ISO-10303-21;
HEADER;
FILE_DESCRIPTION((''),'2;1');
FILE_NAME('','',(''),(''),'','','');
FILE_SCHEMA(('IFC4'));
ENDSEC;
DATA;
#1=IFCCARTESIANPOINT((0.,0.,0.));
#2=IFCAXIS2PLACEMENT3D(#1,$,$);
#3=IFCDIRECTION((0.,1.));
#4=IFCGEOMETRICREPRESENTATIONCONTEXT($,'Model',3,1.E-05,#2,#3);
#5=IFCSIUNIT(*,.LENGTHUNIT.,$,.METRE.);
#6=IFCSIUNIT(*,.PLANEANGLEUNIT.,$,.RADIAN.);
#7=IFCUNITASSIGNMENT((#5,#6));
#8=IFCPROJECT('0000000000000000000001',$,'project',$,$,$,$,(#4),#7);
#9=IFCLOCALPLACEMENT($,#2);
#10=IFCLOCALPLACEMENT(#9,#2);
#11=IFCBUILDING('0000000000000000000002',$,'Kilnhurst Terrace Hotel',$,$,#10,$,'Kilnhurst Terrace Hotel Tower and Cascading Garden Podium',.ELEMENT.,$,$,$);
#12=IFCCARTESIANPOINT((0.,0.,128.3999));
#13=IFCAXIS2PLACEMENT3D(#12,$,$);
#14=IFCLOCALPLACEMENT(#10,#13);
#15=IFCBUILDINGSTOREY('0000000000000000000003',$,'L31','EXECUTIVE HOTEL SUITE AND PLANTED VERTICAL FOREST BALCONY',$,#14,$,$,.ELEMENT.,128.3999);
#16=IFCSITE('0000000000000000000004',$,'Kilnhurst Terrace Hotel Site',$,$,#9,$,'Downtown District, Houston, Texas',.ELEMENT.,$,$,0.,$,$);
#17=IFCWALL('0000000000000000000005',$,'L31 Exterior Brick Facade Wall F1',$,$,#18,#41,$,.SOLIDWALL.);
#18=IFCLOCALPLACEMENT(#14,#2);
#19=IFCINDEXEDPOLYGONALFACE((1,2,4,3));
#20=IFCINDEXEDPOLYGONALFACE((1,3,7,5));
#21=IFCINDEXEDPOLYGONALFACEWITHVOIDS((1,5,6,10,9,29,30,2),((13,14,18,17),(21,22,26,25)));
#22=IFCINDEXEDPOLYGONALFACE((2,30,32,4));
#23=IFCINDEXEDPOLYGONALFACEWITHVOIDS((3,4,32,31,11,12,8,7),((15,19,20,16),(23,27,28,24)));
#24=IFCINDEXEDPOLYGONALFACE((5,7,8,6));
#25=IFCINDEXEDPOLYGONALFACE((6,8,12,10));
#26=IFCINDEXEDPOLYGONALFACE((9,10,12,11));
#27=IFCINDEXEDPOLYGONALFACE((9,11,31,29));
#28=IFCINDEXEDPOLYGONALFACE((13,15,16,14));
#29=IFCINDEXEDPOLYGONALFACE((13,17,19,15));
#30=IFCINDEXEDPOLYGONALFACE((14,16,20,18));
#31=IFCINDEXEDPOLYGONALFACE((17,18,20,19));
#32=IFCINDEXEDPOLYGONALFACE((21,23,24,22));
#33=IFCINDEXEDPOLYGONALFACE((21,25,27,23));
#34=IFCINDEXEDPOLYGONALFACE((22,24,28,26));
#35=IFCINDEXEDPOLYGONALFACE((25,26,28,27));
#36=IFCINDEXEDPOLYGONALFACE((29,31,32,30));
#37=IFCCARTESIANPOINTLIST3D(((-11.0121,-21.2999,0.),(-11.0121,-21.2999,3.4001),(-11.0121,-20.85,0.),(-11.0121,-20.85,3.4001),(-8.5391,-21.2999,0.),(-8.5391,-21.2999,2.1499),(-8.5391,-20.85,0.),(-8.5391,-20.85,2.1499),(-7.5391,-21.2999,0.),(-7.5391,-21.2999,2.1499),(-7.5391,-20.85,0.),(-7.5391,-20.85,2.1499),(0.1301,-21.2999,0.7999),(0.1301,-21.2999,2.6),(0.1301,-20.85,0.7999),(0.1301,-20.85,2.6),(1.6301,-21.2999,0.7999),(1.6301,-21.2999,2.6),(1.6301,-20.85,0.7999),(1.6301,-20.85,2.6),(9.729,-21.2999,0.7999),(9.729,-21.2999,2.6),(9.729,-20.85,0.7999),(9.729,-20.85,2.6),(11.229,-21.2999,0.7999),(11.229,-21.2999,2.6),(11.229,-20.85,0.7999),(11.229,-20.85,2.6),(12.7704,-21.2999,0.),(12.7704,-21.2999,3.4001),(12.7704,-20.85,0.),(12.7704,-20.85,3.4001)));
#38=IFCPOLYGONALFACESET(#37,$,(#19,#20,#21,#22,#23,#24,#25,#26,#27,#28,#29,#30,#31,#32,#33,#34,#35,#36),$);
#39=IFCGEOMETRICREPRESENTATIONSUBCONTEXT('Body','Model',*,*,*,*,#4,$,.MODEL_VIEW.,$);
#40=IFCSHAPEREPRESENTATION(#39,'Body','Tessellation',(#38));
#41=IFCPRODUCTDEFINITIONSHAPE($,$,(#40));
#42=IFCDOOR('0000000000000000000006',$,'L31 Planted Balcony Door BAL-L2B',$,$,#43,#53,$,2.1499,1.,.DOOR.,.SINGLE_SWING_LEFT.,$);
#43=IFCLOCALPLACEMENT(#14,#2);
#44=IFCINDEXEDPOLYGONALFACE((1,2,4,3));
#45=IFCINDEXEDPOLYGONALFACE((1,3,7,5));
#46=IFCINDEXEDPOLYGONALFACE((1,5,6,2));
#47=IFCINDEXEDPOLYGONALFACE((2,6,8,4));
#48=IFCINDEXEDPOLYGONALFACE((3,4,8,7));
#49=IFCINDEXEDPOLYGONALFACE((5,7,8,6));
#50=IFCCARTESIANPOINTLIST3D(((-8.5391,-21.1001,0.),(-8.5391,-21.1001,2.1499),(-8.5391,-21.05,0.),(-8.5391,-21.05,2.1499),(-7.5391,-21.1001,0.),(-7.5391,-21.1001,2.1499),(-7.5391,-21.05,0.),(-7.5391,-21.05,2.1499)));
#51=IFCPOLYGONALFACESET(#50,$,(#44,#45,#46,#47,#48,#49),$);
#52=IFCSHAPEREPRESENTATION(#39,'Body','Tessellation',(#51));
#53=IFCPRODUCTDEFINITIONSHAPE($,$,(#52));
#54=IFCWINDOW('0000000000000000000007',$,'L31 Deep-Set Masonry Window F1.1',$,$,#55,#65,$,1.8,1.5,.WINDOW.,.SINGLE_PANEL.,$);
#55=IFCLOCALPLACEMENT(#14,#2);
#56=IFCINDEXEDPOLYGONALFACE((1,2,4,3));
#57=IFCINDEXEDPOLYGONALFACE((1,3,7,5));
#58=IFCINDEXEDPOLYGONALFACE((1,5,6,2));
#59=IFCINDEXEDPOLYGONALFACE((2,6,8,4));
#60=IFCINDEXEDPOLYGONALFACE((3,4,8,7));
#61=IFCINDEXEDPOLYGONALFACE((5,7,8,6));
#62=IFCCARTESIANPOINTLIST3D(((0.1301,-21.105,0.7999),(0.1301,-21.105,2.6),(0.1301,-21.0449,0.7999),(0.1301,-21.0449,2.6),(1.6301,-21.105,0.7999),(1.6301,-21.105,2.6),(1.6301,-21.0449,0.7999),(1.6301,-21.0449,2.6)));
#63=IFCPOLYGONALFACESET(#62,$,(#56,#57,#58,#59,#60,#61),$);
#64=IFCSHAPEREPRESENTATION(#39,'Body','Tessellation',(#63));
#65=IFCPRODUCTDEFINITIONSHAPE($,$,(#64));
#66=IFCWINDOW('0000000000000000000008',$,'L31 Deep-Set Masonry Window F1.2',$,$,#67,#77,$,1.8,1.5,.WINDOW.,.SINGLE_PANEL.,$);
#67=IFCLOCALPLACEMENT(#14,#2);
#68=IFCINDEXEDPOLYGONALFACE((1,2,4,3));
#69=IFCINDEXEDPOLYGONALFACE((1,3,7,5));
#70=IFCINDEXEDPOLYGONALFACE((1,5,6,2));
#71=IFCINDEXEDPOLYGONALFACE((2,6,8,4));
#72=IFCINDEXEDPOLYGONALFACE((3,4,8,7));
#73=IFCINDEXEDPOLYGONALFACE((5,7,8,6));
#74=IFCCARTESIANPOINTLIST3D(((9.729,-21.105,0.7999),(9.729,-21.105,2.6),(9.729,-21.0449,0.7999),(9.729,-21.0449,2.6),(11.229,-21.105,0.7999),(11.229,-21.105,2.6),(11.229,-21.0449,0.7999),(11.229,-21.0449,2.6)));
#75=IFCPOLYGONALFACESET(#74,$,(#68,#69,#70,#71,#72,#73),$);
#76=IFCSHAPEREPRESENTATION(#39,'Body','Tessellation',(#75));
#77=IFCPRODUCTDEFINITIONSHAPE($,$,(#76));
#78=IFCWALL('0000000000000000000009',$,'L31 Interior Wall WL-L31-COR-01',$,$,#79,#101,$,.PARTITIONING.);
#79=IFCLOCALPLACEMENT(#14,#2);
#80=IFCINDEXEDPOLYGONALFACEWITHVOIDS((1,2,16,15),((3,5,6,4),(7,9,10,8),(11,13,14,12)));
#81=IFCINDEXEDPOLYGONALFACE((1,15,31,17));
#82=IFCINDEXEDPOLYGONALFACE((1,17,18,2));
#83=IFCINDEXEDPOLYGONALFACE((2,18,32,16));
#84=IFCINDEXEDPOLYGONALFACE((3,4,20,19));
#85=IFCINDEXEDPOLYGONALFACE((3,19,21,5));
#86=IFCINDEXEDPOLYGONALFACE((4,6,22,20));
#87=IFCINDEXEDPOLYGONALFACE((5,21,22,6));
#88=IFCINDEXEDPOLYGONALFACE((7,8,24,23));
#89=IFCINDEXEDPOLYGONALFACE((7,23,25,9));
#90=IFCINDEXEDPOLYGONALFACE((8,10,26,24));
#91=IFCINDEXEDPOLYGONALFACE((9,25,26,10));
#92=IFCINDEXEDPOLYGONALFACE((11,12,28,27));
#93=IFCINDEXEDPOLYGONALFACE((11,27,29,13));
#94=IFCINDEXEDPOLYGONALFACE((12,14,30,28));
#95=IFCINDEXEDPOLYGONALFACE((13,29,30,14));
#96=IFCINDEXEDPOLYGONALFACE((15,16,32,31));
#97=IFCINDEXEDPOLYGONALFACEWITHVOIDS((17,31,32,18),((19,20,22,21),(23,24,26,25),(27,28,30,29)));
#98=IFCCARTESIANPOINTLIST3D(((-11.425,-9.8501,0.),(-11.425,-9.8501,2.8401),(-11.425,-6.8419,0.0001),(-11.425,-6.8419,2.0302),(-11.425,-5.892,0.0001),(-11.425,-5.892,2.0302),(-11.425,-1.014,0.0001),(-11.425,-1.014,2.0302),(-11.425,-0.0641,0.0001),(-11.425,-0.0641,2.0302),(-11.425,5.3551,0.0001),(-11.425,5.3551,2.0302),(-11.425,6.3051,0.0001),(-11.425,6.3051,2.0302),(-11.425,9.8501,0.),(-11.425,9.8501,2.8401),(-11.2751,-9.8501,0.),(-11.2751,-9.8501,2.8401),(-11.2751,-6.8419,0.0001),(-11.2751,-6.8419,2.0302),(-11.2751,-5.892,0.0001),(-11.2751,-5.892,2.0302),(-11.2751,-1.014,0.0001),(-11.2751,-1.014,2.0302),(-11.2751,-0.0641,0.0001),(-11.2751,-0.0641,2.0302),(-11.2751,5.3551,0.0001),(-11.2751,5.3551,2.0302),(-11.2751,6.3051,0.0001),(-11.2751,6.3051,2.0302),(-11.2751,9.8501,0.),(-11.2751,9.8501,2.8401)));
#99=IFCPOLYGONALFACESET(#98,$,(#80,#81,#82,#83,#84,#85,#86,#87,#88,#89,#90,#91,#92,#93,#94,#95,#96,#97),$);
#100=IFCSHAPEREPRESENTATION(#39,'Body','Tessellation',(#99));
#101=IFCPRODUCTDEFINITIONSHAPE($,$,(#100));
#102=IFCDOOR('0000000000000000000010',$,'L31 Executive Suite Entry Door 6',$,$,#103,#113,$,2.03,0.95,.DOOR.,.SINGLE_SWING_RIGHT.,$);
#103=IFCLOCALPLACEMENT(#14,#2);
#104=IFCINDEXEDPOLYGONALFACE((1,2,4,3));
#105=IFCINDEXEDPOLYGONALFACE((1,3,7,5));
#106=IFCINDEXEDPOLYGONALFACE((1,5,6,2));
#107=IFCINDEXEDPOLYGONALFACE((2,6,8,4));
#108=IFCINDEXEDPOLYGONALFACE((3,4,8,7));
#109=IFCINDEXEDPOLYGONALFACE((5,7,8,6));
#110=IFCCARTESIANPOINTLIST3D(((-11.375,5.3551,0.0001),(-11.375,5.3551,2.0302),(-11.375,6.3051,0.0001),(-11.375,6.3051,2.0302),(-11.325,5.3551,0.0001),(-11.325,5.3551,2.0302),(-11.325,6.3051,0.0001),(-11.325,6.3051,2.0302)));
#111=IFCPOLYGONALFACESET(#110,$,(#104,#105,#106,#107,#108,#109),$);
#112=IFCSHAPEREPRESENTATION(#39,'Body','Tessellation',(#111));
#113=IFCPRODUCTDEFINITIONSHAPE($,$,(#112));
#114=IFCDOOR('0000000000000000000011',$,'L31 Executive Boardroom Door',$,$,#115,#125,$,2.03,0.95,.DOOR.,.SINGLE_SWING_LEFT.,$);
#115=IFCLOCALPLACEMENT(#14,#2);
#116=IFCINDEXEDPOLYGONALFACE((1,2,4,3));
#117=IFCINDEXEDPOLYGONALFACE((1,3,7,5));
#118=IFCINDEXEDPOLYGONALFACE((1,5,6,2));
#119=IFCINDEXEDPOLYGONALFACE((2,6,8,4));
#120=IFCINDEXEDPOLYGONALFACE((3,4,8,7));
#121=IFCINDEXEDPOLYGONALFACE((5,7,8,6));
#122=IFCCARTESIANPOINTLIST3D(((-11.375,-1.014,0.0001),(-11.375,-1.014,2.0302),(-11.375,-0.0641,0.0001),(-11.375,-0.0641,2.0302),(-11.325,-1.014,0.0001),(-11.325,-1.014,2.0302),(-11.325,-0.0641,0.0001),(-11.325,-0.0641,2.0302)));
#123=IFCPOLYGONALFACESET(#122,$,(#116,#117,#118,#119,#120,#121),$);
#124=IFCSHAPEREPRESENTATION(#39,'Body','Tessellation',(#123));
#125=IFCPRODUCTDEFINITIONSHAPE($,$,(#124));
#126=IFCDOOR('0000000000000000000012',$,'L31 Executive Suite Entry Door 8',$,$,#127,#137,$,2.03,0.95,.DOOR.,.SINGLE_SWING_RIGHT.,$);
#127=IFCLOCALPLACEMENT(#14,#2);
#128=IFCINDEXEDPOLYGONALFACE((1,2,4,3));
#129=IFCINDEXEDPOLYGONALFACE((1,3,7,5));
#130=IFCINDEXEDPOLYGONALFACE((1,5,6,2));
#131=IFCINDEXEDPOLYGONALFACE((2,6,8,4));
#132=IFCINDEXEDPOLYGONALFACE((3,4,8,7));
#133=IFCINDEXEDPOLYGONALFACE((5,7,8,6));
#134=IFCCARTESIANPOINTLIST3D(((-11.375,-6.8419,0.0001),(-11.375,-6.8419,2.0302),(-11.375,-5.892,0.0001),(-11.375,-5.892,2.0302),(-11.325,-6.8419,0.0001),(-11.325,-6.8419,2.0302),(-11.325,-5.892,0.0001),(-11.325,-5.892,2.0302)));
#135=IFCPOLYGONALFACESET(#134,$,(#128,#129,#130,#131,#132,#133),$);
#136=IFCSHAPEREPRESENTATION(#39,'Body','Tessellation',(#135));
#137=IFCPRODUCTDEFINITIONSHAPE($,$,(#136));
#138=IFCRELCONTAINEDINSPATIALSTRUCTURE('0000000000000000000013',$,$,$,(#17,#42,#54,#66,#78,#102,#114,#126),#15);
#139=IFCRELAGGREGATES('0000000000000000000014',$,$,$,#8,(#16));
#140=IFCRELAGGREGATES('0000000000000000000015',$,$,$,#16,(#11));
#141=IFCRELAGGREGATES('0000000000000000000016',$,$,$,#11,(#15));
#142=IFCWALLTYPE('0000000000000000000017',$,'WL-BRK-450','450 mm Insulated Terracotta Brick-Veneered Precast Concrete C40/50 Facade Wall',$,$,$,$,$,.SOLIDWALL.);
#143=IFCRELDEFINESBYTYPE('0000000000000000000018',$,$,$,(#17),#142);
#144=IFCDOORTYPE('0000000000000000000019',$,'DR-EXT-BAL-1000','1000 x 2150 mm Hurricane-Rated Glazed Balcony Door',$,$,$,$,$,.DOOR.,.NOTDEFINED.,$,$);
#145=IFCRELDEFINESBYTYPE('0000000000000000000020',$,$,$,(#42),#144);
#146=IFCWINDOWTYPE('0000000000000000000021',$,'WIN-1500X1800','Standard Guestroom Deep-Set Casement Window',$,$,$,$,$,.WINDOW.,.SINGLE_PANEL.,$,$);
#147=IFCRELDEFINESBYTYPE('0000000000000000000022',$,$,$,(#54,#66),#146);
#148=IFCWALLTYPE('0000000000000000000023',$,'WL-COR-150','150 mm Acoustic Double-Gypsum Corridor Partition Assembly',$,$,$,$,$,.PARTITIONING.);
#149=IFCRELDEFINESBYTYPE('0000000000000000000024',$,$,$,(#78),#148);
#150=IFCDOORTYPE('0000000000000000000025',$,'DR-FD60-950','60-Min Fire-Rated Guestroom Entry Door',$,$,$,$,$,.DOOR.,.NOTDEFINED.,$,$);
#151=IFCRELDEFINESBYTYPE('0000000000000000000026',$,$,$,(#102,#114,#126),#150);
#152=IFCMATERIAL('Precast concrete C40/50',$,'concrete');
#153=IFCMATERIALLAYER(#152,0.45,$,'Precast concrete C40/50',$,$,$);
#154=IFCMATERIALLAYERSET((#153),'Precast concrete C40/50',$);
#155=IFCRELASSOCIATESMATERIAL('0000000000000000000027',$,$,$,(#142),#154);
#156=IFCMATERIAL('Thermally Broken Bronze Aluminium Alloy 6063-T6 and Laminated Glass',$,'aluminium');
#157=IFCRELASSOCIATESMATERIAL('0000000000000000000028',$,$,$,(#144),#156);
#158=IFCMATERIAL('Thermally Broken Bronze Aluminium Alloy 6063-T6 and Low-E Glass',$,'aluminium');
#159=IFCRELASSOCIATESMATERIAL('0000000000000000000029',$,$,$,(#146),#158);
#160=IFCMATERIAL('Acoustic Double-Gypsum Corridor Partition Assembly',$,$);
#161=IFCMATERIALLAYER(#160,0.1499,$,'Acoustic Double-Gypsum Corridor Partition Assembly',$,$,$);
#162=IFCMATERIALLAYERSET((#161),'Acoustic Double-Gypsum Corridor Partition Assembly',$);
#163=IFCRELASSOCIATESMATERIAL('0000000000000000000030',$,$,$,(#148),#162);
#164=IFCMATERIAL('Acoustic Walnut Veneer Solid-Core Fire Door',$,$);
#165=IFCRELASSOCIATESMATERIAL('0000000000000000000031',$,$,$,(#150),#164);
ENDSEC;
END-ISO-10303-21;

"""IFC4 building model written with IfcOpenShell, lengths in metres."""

from ifc_helpers import new_model, si_unit, direction, frame, frame_2d, origin, place, context, subcontext, project, spatial, rectangle, extrude, material, layer, layer_set, type_object, element, fill, save


model = new_model("IFC4")

# Units and contexts
model_context = context("Model", 3, precision=1e-05, world=origin(), true_north=direction((0.0, 1.0)))
body_context = subcontext(model_context, "Body", "Model", "MODEL_VIEW")
ifc_project = project(units=[si_unit("LENGTHUNIT", "METRE"), si_unit("PLANEANGLEUNIT", "RADIAN")], contexts=[model_context])

# Site, building, storey
site_placement = place(None, origin())
site = spatial("IfcSite", under=ifc_project, at=site_placement, Name="Kilnhurst Terrace Hotel Site", LongName="Downtown District, Houston, Texas", CompositionType="ELEMENT", RefElevation=0.0)
building_placement = place(site_placement, origin())
building = spatial("IfcBuilding", under=site, at=building_placement, Name="Kilnhurst Terrace Hotel", LongName="Kilnhurst Terrace Hotel Tower and Cascading Garden Podium", CompositionType="ELEMENT")
storey_placement = place(building_placement, frame((0.0, 0.0, 128.3999)))
storey = spatial("IfcBuildingStorey", under=building, at=storey_placement, Name="L31", Description="EXECUTIVE HOTEL SUITE AND PLANTED VERTICAL FOREST BALCONY", CompositionType="ELEMENT", Elevation=128.3999)

# Shared definitions
ifc_material_1 = material(Name="Precast concrete C40/50", Category="concrete")
ifc_layer_1 = layer(ifc_material_1, 0.45, Name="Precast concrete C40/50")
ifc_layer_set_1 = layer_set([ifc_layer_1], Name="Precast concrete C40/50")
wall_type_1 = type_object("IfcWallType", Name="WL-BRK-450", Description="450 mm Insulated Terracotta Brick-Veneered Precast Concrete C40/50 Facade Wall", PredefinedType="SOLIDWALL", material=ifc_layer_set_1)

# Wall, openings, door, windows
wall_1_placement = place(storey_placement, frame((-11.012, -21.075, 0.0), z_axis=(0.0, 0.0, 1.0), x_axis=(1.0, 0.0, 0.0)))
wall_1 = element("IfcWall", 1, at=wall_1_placement, inside=storey, type_object=wall_type_1, Name="L31 Exterior Brick Facade Wall F1", PredefinedType="SOLIDWALL", context=body_context, shape_type="SweptSolid", body=[
    extrude(rectangle(XDim=23.7825, YDim=0.45, at=frame_2d((11.8911, 0.0))), origin(), (0.0, 0.0, 1.0), 3.4001),
])
opening_1_placement = place(wall_1_placement, frame((2.4729, 0.0, 0.0)))
opening_1 = element("IfcOpeningElement", 2, at=opening_1_placement, cuts=wall_1, PredefinedType="OPENING", context=body_context, shape_type="SweptSolid", body=[
    extrude(rectangle(XDim=1.0, YDim=2.1499, at=frame_2d((0.5, 1.075))), frame((0.0, 0.2349, 0.0), z_axis=(0.0, -1.0, 0.0), x_axis=(1.0, 0.0, 0.0)), (0.0, 0.0, 1.0), 0.47),
])
opening_2_placement = place(wall_1_placement, frame((11.1421, 0.0, 0.8)))
opening_2 = element("IfcOpeningElement", 3, at=opening_2_placement, cuts=wall_1, PredefinedType="OPENING", context=body_context, shape_type="SweptSolid", body=[
    extrude(rectangle(XDim=1.5, YDim=1.8, at=frame_2d((0.75, 0.8999))), frame((0.0, 0.2349, 0.0), z_axis=(0.0, -1.0, 0.0), x_axis=(1.0, 0.0, 0.0)), (0.0, 0.0, 1.0), 0.47),
])
opening_3_placement = place(wall_1_placement, frame((20.741, 0.0, 0.8)))
opening_3 = element("IfcOpeningElement", 4, at=opening_3_placement, cuts=wall_1, PredefinedType="OPENING", context=body_context, shape_type="SweptSolid", body=[
    extrude(rectangle(XDim=1.5, YDim=1.8, at=frame_2d((0.75, 0.8999))), frame((0.0, 0.2349, 0.0), z_axis=(0.0, -1.0, 0.0), x_axis=(1.0, 0.0, 0.0)), (0.0, 0.0, 1.0), 0.47),
])
ifc_material_2 = material(Name="Thermally Broken Bronze Aluminium Alloy 6063-T6 and Laminated Glass", Category="aluminium")
door_type_1 = type_object("IfcDoorType", Name="DR-EXT-BAL-1000", Description="1000 x 2150 mm Hurricane-Rated Glazed Balcony Door", OperationType="NOTDEFINED", PredefinedType="DOOR", material=ifc_material_2)
door_1_placement = place(opening_1_placement, origin())
door_1 = element("IfcDoor", 5, at=door_1_placement, inside=storey, type_object=door_type_1, Name="L31 Planted Balcony Door BAL-L2B", OperationType="SINGLE_SWING_LEFT", OverallHeight=2.1499, OverallWidth=1.0, PredefinedType="DOOR", context=body_context, shape_type="SweptSolid", body=[
    extrude(rectangle(XDim=1.0, YDim=2.1499, at=frame_2d((0.5, 1.075))), frame((0.0, 0.0249, 0.0), z_axis=(0.0, -1.0, 0.0), x_axis=(1.0, 0.0, 0.0)), (0.0, 0.0, 1.0), 0.05),
])
fill(opening_1, door_1)
ifc_material_3 = material(Name="Thermally Broken Bronze Aluminium Alloy 6063-T6 and Low-E Glass", Category="aluminium")
window_type = type_object("IfcWindowType", Name="WIN-1500X1800", Description="Standard Guestroom Deep-Set Casement Window", PartitioningType="SINGLE_PANEL", PredefinedType="WINDOW", material=ifc_material_3)
window_1_placement = place(opening_2_placement, origin())
window_1 = element("IfcWindow", 6, at=window_1_placement, inside=storey, type_object=window_type, Name="L31 Deep-Set Masonry Window F1.1", OverallHeight=1.8, OverallWidth=1.5, PartitioningType="SINGLE_PANEL", PredefinedType="WINDOW", context=body_context, shape_type="SweptSolid", body=[
    extrude(rectangle(XDim=1.5, YDim=1.8, at=frame_2d((0.75, 0.8999))), frame((0.0, 0.03, 0.0), z_axis=(0.0, -1.0, 0.0), x_axis=(1.0, 0.0, 0.0)), (0.0, 0.0, 1.0), 0.0601),
])
fill(opening_2, window_1)
window_2_placement = place(opening_3_placement, origin())
window_2 = element("IfcWindow", 7, at=window_2_placement, inside=storey, type_object=window_type, Name="L31 Deep-Set Masonry Window F1.2", OverallHeight=1.8, OverallWidth=1.5, PartitioningType="SINGLE_PANEL", PredefinedType="WINDOW", context=body_context, shape_type="SweptSolid", body=[
    extrude(rectangle(XDim=1.5, YDim=1.8, at=frame_2d((0.75, 0.8999))), frame((0.0, 0.03, 0.0), z_axis=(0.0, -1.0, 0.0), x_axis=(1.0, 0.0, 0.0)), (0.0, 0.0, 1.0), 0.0601),
])
fill(opening_3, window_2)

# Wall, openings, doors
ifc_material_4 = material(Name="Acoustic Double-Gypsum Corridor Partition Assembly")
ifc_layer_2 = layer(ifc_material_4, 0.1499, Name="Acoustic Double-Gypsum Corridor Partition Assembly")
ifc_layer_set_2 = layer_set([ifc_layer_2], Name="Acoustic Double-Gypsum Corridor Partition Assembly")
wall_type_2 = type_object("IfcWallType", Name="WL-COR-150", Description="150 mm Acoustic Double-Gypsum Corridor Partition Assembly", PredefinedType="PARTITIONING", material=ifc_layer_set_2)
wall_2_placement = place(storey_placement, frame((-11.3501, -9.8501, 0.0), z_axis=(0.0, 0.0, 1.0), x_axis=(0.0, 1.0, 0.0)))
wall_2 = element("IfcWall", 8, at=wall_2_placement, inside=storey, type_object=wall_type_2, Name="L31 Interior Wall WL-L31-COR-01", PredefinedType="PARTITIONING", context=body_context, shape_type="SweptSolid", body=[
    extrude(rectangle(XDim=19.7002, YDim=0.1499, at=frame_2d((9.8501, 0.0))), origin(), (0.0, 0.0, 1.0), 2.8401),
])
opening_4_placement = place(wall_2_placement, frame((15.2051, 0.0, 0.0)))
opening_4 = element("IfcOpeningElement", 9, at=opening_4_placement, cuts=wall_2, PredefinedType="OPENING", context=body_context, shape_type="SweptSolid", body=[
    extrude(rectangle(XDim=0.95, YDim=2.03, at=frame_2d((0.4751, 1.0151))), frame((0.0, 0.085, 0.0), z_axis=(0.0, -1.0, 0.0), x_axis=(1.0, 0.0, 0.0)), (0.0, 0.0, 1.0), 0.1699),
])
opening_5_placement = place(wall_2_placement, frame((8.8359, 0.0, 0.0)))
opening_5 = element("IfcOpeningElement", 10, at=opening_5_placement, cuts=wall_2, PredefinedType="OPENING", context=body_context, shape_type="SweptSolid", body=[
    extrude(rectangle(XDim=0.95, YDim=2.03, at=frame_2d((0.4751, 1.0151))), frame((0.0, 0.085, 0.0), z_axis=(0.0, -1.0, 0.0), x_axis=(1.0, 0.0, 0.0)), (0.0, 0.0, 1.0), 0.1699),
])
opening_6_placement = place(wall_2_placement, frame((3.0081, 0.0, 0.0)))
opening_6 = element("IfcOpeningElement", 11, at=opening_6_placement, cuts=wall_2, PredefinedType="OPENING", context=body_context, shape_type="SweptSolid", body=[
    extrude(rectangle(XDim=0.95, YDim=2.03, at=frame_2d((0.4751, 1.0151))), frame((0.0, 0.085, 0.0), z_axis=(0.0, -1.0, 0.0), x_axis=(1.0, 0.0, 0.0)), (0.0, 0.0, 1.0), 0.1699),
])
ifc_material_5 = material(Name="Acoustic Walnut Veneer Solid-Core Fire Door")
door_type_2 = type_object("IfcDoorType", Name="DR-FD60-950", Description="60-Min Fire-Rated Guestroom Entry Door", OperationType="NOTDEFINED", PredefinedType="DOOR", material=ifc_material_5)
door_2_placement = place(opening_4_placement, origin())
door_2 = element("IfcDoor", 12, at=door_2_placement, inside=storey, type_object=door_type_2, Name="L31 Executive Suite Entry Door 6", OperationType="SINGLE_SWING_RIGHT", OverallHeight=2.03, OverallWidth=0.95, PredefinedType="DOOR", context=body_context, shape_type="SweptSolid", body=[
    extrude(rectangle(XDim=0.95, YDim=2.03, at=frame_2d((0.4751, 1.0151))), frame((0.0, 0.0249, 0.0), z_axis=(0.0, -1.0, 0.0), x_axis=(1.0, 0.0, 0.0)), (0.0, 0.0, 1.0), 0.05),
])
fill(opening_4, door_2)
door_3_placement = place(opening_5_placement, origin())
door_3 = element("IfcDoor", 13, at=door_3_placement, inside=storey, type_object=door_type_2, Name="L31 Executive Boardroom Door", OperationType="SINGLE_SWING_LEFT", OverallHeight=2.03, OverallWidth=0.95, PredefinedType="DOOR", context=body_context, shape_type="SweptSolid", body=[
    extrude(rectangle(XDim=0.95, YDim=2.03, at=frame_2d((0.4751, 1.0151))), frame((0.0, 0.0249, 0.0), z_axis=(0.0, -1.0, 0.0), x_axis=(1.0, 0.0, 0.0)), (0.0, 0.0, 1.0), 0.05),
])
fill(opening_5, door_3)
door_4_placement = place(opening_6_placement, origin())
door_4 = element("IfcDoor", 14, at=door_4_placement, inside=storey, type_object=door_type_2, Name="L31 Executive Suite Entry Door 8", OperationType="SINGLE_SWING_RIGHT", OverallHeight=2.03, OverallWidth=0.95, PredefinedType="DOOR", context=body_context, shape_type="SweptSolid", body=[
    extrude(rectangle(XDim=0.95, YDim=2.03, at=frame_2d((0.4751, 1.0151))), frame((0.0, 0.0249, 0.0), z_axis=(0.0, -1.0, 0.0), x_axis=(1.0, 0.0, 0.0)), (0.0, 0.0, 1.0), 0.05),
])
fill(opening_6, door_4)

save(model, "model.ifc")
